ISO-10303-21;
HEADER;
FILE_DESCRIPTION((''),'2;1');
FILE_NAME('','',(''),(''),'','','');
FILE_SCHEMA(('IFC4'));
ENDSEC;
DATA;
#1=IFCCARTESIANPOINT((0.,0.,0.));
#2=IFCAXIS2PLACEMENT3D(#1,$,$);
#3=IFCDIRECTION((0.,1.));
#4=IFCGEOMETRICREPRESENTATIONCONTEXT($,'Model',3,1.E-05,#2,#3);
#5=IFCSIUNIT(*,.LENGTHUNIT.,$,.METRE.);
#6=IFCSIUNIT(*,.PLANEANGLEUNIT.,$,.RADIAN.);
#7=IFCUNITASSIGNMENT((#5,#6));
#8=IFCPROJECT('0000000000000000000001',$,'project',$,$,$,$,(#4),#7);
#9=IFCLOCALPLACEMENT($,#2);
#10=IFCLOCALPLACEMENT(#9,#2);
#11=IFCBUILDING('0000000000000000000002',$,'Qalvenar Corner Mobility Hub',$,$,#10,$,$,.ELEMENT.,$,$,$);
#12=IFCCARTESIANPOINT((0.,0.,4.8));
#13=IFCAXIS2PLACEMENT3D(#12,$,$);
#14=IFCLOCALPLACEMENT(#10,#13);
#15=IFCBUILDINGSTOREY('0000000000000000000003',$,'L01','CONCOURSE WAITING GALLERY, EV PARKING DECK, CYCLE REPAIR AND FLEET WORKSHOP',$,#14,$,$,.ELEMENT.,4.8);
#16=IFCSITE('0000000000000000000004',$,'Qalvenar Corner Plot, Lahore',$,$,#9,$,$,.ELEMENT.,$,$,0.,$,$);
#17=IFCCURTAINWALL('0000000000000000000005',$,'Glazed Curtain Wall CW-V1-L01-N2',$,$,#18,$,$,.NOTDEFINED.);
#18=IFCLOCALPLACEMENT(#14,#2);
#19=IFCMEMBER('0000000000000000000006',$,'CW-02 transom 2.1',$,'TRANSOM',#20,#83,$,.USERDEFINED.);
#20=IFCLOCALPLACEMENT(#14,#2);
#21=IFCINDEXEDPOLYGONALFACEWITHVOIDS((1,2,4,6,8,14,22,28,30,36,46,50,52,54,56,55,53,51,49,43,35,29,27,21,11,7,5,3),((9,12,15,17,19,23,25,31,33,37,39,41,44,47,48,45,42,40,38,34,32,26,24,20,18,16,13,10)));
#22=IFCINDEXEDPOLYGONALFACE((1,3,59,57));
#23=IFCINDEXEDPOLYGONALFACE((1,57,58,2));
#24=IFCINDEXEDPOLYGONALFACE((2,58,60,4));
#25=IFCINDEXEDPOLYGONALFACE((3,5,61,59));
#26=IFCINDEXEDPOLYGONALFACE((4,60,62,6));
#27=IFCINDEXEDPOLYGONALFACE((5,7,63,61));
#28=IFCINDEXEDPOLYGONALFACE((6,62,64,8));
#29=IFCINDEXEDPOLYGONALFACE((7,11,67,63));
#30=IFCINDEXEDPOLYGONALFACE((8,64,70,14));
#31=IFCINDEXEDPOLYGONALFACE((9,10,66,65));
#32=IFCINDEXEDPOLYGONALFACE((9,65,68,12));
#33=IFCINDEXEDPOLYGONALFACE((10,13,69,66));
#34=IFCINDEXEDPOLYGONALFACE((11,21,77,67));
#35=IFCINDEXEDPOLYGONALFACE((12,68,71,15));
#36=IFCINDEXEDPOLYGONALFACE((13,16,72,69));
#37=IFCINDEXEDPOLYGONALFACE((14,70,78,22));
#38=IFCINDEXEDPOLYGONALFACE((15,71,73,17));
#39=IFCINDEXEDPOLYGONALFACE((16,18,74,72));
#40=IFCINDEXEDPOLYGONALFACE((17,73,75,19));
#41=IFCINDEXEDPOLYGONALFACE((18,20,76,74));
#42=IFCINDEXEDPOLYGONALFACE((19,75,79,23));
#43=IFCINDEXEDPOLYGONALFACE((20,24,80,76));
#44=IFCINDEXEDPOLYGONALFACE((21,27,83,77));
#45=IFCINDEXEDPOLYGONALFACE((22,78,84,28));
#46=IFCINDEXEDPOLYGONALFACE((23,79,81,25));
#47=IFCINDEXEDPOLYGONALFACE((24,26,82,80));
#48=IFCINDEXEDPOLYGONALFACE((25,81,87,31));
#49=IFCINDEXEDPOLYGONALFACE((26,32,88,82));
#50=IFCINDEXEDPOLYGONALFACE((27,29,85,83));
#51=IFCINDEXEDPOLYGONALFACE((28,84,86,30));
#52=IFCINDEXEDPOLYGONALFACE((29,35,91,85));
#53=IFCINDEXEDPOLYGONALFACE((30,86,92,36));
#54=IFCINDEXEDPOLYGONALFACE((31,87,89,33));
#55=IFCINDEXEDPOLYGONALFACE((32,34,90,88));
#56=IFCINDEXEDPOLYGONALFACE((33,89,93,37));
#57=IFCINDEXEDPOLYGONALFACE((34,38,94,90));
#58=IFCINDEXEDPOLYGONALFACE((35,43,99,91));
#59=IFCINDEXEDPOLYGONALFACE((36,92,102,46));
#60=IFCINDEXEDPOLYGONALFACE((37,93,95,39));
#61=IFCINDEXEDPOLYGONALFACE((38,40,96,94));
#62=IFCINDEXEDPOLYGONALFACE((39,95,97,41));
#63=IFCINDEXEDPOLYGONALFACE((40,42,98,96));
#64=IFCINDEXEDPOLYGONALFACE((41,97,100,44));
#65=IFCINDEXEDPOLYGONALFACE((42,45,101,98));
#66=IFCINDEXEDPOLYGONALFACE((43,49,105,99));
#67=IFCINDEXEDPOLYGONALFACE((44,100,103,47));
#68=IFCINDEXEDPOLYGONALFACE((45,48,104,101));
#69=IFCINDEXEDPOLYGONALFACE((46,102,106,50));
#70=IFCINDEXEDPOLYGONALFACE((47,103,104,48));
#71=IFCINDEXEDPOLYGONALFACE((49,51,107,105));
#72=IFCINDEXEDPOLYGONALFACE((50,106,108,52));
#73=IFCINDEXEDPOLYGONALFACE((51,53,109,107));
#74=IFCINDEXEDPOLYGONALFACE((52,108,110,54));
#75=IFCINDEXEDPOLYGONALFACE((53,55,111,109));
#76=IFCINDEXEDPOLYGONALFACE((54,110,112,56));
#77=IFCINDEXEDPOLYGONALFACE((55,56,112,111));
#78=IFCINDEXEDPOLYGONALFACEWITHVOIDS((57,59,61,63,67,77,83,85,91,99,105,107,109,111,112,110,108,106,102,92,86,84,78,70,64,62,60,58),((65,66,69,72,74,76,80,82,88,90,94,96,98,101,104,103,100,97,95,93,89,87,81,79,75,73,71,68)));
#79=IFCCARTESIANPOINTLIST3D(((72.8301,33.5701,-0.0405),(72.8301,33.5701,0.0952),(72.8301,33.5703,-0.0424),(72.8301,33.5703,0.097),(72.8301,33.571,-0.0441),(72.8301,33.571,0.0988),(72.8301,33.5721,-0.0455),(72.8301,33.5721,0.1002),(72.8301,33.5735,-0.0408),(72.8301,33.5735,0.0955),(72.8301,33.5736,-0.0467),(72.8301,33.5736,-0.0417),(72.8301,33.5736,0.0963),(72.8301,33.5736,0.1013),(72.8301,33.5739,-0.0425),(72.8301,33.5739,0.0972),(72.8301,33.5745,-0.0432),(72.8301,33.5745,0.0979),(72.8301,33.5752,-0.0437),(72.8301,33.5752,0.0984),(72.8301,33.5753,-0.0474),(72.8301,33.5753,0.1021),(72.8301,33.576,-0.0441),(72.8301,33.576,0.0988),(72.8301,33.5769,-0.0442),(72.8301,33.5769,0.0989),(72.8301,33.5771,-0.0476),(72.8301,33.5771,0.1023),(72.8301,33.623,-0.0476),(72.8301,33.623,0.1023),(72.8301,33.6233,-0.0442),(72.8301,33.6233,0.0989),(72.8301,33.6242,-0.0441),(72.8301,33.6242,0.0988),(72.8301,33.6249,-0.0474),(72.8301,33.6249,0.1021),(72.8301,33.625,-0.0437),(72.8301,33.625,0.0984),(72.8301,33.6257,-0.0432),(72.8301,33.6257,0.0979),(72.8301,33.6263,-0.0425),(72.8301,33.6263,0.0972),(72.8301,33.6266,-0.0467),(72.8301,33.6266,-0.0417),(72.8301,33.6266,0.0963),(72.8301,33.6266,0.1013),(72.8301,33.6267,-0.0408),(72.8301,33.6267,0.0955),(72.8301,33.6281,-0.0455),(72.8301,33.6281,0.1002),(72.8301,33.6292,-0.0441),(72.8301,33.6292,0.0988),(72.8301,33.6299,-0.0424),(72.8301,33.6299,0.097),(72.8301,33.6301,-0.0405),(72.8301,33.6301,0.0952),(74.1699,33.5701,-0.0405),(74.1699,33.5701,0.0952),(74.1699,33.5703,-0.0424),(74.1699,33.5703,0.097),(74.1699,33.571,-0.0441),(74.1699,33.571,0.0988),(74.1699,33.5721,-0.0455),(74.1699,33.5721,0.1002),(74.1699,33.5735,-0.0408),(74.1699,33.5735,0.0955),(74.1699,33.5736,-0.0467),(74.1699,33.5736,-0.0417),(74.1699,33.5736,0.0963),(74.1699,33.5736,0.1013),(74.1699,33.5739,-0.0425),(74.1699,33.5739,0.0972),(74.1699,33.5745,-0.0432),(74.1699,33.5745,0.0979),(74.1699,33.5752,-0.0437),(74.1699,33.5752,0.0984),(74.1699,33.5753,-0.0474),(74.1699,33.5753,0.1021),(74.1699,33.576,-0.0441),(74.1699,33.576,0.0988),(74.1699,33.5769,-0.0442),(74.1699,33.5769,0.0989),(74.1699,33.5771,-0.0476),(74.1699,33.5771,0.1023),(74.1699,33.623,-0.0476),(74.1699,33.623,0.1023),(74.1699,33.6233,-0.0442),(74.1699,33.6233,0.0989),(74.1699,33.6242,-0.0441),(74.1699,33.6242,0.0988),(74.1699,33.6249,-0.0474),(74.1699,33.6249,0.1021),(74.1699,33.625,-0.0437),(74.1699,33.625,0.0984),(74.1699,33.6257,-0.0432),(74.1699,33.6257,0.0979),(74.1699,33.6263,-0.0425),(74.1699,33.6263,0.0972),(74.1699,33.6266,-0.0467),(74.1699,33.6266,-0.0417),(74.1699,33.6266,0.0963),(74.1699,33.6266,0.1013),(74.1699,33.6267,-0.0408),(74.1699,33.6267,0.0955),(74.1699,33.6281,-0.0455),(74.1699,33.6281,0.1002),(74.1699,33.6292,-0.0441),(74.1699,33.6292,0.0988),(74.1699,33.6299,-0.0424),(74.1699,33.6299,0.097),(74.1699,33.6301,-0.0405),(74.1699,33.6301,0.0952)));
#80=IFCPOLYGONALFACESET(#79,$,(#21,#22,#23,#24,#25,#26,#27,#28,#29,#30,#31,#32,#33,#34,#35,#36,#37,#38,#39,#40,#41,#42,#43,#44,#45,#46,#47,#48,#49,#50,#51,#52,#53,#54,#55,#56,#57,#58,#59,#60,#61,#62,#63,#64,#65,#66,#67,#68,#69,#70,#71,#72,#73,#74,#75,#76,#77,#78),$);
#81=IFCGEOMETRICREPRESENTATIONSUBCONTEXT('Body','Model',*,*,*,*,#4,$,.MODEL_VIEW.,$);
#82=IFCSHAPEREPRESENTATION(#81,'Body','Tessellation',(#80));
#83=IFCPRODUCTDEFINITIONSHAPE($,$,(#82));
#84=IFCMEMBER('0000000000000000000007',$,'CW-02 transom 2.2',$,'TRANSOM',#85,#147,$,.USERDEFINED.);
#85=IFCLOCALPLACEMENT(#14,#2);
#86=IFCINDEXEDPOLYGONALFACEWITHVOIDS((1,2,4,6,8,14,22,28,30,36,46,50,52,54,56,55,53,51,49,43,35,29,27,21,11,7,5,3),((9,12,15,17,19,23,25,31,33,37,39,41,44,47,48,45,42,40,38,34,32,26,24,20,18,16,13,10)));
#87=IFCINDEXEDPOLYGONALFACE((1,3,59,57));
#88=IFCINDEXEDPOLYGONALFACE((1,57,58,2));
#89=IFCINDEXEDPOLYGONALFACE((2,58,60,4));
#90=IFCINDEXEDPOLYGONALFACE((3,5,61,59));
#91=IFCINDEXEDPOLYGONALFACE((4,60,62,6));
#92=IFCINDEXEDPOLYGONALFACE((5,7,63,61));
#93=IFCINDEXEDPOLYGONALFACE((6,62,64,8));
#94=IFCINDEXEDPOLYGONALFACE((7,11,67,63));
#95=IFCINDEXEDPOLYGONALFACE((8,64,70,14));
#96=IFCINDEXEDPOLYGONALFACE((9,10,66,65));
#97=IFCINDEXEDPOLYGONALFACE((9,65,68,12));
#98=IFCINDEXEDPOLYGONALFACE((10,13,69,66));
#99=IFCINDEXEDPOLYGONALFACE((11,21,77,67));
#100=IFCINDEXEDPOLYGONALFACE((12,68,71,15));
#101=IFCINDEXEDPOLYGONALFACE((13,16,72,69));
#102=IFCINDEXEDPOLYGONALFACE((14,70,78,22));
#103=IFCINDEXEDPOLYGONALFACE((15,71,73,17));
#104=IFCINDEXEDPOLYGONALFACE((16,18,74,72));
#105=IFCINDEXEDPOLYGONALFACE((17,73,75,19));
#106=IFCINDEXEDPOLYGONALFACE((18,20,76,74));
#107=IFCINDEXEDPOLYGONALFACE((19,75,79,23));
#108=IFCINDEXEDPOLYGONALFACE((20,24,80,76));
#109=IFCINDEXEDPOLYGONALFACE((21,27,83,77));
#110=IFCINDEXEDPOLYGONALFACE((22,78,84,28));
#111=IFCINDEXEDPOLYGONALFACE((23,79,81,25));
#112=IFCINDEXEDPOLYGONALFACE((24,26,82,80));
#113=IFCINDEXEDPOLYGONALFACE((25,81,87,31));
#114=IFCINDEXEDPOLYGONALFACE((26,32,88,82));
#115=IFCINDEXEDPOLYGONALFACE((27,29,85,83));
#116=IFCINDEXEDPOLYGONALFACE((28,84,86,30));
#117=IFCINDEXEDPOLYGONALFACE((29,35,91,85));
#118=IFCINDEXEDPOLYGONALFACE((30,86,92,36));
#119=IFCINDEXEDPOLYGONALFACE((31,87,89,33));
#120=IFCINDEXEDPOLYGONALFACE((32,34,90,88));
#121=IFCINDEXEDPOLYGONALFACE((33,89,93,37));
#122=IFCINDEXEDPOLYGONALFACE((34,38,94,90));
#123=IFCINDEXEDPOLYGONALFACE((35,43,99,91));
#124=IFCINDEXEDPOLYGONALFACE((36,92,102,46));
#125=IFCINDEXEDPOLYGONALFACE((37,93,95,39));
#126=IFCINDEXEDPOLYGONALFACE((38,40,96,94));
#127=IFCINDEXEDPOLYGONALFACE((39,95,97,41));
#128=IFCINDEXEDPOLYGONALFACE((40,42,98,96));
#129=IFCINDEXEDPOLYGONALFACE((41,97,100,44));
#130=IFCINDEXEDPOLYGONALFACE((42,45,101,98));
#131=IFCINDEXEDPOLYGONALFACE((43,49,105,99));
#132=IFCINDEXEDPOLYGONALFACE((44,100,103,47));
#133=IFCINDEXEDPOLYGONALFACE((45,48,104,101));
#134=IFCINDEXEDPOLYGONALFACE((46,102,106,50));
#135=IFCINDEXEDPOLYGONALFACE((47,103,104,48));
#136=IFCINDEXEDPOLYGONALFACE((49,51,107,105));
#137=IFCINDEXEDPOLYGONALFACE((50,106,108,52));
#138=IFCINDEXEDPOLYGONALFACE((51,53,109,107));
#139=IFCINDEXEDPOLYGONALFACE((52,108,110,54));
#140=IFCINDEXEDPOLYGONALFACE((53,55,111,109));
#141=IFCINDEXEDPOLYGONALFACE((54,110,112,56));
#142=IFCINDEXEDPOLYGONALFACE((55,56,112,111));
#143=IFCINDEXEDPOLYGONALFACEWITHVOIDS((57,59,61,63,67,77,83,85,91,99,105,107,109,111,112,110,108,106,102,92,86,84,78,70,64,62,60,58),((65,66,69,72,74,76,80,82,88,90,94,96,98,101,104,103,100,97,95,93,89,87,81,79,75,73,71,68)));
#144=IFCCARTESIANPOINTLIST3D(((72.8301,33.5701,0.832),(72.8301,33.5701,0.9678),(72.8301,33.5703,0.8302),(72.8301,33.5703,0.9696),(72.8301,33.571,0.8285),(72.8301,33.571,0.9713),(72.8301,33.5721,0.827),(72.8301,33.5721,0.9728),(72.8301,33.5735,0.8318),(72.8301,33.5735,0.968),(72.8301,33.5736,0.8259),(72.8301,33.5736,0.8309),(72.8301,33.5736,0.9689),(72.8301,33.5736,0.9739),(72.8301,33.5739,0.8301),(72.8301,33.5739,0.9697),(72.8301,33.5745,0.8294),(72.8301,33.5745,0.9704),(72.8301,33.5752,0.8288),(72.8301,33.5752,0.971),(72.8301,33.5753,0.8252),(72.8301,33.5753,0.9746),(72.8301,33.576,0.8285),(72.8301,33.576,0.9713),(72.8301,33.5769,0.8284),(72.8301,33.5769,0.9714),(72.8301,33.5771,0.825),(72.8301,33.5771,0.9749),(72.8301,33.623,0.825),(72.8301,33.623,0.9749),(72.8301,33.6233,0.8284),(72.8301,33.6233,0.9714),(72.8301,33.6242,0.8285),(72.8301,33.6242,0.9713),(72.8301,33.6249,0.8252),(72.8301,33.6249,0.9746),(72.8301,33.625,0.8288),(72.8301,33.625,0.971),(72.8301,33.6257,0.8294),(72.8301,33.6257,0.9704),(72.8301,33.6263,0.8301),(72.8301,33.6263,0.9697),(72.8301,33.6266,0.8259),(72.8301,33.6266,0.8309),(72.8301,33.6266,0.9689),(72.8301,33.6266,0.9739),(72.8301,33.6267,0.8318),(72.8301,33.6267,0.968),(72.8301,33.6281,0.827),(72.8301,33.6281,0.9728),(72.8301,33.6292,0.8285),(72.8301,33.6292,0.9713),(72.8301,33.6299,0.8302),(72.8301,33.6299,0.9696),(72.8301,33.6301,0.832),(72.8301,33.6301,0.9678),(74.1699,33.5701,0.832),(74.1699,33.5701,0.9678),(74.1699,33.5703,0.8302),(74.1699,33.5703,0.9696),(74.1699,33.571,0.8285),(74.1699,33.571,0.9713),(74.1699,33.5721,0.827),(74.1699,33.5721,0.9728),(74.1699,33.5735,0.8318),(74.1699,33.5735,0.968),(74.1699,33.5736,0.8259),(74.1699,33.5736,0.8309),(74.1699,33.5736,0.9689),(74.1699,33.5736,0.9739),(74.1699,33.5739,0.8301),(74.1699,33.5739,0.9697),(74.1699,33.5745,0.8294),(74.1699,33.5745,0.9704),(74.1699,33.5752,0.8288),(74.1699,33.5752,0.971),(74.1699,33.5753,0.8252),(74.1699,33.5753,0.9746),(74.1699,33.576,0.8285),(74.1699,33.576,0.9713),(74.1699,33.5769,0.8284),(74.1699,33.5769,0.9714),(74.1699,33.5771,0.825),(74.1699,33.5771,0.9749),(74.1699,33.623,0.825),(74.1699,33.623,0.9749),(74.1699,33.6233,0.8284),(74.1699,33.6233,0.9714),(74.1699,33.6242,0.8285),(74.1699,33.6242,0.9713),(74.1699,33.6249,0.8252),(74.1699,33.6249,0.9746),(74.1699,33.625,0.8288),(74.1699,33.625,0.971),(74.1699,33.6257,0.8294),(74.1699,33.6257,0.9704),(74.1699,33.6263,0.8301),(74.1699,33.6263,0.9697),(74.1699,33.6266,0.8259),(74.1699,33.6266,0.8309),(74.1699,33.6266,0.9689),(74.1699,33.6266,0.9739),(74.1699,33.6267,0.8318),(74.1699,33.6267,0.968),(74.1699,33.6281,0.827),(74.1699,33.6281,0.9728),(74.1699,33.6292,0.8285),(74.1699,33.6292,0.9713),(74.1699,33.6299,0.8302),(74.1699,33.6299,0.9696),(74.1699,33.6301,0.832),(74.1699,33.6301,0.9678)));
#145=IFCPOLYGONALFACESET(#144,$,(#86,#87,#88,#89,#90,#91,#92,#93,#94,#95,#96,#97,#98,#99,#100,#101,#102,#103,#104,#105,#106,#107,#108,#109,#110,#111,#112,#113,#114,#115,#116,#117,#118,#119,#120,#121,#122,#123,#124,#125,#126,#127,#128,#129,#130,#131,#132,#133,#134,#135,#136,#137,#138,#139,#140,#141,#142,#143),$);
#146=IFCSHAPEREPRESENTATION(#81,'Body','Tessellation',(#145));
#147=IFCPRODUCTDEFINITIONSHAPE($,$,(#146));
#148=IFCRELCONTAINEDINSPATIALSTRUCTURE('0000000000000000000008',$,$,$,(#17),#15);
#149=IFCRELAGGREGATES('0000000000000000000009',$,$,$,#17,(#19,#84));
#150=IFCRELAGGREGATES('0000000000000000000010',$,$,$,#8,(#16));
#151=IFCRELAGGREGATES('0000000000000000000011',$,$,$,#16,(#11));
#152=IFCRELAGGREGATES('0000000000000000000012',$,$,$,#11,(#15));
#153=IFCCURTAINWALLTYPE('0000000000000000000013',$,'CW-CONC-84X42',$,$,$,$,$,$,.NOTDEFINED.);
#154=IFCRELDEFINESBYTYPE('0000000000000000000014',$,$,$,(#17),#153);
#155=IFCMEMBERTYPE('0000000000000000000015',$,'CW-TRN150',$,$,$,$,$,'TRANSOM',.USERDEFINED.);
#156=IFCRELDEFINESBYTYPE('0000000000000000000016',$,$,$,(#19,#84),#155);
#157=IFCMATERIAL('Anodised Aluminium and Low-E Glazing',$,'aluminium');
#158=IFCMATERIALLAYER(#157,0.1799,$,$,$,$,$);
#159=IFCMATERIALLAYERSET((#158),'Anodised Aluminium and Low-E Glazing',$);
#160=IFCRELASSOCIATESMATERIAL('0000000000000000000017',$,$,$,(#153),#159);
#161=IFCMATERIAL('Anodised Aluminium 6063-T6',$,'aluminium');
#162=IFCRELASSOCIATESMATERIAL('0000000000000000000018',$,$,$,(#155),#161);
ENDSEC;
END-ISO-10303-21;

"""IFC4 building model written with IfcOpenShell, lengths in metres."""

from ifc_helpers import new_model, si_unit, direction, frame, origin, origin_2d, place, context, subcontext, project, spatial, hollow_rectangle, extrude, material, layer, layer_set, material_profile, profile_set, type_object, element, aggregate, save


model = new_model("IFC4")

# Units and contexts
model_context = context("Model", 3, precision=1e-05, world=origin(), true_north=direction((0.0, 1.0)))
body_context = subcontext(model_context, "Body", "Model", "MODEL_VIEW")
ifc_project = project(units=[si_unit("LENGTHUNIT", "METRE"), si_unit("PLANEANGLEUNIT", "RADIAN")], contexts=[model_context])

# Site, building, storey
site_placement = place(None, origin())
site = spatial("IfcSite", under=ifc_project, at=site_placement, Name="Qalvenar Corner Plot, Lahore", CompositionType="ELEMENT", RefElevation=0.0)
building_placement = place(site_placement, origin())
building = spatial("IfcBuilding", under=site, at=building_placement, Name="Qalvenar Corner Mobility Hub", CompositionType="ELEMENT")
storey_placement = place(building_placement, frame((0.0, 0.0, 4.8)))
storey = spatial("IfcBuildingStorey", under=building, at=storey_placement, Name="L01", Description="CONCOURSE WAITING GALLERY, EV PARKING DECK, CYCLE REPAIR AND FLEET WORKSHOP", CompositionType="ELEMENT", Elevation=4.8)

# Curtain wall
ifc_material_1 = material(Name="Anodised Aluminium and Low-E Glazing", Category="aluminium")
ifc_layer_1 = layer(ifc_material_1, 0.1799)
ifc_layer_set_1 = layer_set([ifc_layer_1], Name="Anodised Aluminium and Low-E Glazing")
curtain_wall_type = type_object("IfcCurtainWallType", Name="CW-CONC-84X42", PredefinedType="NOTDEFINED", material=ifc_layer_set_1)
curtain_wall_1_placement = place(storey_placement, origin())
curtain_wall_1 = element("IfcCurtainWall", 1, at=curtain_wall_1_placement, inside=storey, type_object=curtain_wall_type, Name="Glazed Curtain Wall CW-V1-L01-N2", PredefinedType="NOTDEFINED")
ifc_material_2 = material(Name="Anodised Aluminium 6063-T6", Category="aluminium")

# Members
ifc_material_profile_1 = material_profile(ifc_material_2, hollow_rectangle(XDim=0.0601, YDim=0.1499, WallThickness=0.0034, InnerFilletRadius=0.0034, OuterFilletRadius=0.0071, at=origin_2d()), Name="RHS150x60x3.5")
ifc_profile_set_1 = profile_set([ifc_material_profile_1], Name="Anodised Aluminium 6063-T6")
member_type_1 = type_object("IfcMemberType", Name="CW-TRN150", ElementType="TRANSOM", PredefinedType="USERDEFINED", material=ifc_profile_set_1)
member_1_placement = place(storey_placement, frame((74.1699, 33.6001, 0.0273), z_axis=(-1.0, 0.0, 0.0), x_axis=(0.0, -1.0, 0.0)))
member_1 = element("IfcMember", 2, at=member_1_placement, type_object=member_type_1, Name="CW-02 transom 2.1", ObjectType="TRANSOM", PredefinedType="USERDEFINED", context=body_context, shape_type="SweptSolid", body=[
    extrude(hollow_rectangle(XDim=0.0601, YDim=0.1499, WallThickness=0.0034, InnerFilletRadius=0.0034, OuterFilletRadius=0.0071, at=origin_2d()), origin(), (0.0, 0.0, 1.0), 1.3398),
])
member_2_placement = place(storey_placement, frame((74.1699, 33.6001, 0.8999), z_axis=(-1.0, 0.0, 0.0), x_axis=(0.0, -1.0, 0.0)))
member_2 = element("IfcMember", 3, at=member_2_placement, type_object=member_type_1, Name="CW-02 transom 2.2", ObjectType="TRANSOM", PredefinedType="USERDEFINED", context=body_context, shape_type="SweptSolid", body=[
    extrude(hollow_rectangle(XDim=0.0601, YDim=0.1499, WallThickness=0.0034, InnerFilletRadius=0.0034, OuterFilletRadius=0.0071, at=origin_2d()), origin(), (0.0, 0.0, 1.0), 1.3398),
])

aggregate(curtain_wall_1, [member_1, member_2])

save(model, "model.ifc")
